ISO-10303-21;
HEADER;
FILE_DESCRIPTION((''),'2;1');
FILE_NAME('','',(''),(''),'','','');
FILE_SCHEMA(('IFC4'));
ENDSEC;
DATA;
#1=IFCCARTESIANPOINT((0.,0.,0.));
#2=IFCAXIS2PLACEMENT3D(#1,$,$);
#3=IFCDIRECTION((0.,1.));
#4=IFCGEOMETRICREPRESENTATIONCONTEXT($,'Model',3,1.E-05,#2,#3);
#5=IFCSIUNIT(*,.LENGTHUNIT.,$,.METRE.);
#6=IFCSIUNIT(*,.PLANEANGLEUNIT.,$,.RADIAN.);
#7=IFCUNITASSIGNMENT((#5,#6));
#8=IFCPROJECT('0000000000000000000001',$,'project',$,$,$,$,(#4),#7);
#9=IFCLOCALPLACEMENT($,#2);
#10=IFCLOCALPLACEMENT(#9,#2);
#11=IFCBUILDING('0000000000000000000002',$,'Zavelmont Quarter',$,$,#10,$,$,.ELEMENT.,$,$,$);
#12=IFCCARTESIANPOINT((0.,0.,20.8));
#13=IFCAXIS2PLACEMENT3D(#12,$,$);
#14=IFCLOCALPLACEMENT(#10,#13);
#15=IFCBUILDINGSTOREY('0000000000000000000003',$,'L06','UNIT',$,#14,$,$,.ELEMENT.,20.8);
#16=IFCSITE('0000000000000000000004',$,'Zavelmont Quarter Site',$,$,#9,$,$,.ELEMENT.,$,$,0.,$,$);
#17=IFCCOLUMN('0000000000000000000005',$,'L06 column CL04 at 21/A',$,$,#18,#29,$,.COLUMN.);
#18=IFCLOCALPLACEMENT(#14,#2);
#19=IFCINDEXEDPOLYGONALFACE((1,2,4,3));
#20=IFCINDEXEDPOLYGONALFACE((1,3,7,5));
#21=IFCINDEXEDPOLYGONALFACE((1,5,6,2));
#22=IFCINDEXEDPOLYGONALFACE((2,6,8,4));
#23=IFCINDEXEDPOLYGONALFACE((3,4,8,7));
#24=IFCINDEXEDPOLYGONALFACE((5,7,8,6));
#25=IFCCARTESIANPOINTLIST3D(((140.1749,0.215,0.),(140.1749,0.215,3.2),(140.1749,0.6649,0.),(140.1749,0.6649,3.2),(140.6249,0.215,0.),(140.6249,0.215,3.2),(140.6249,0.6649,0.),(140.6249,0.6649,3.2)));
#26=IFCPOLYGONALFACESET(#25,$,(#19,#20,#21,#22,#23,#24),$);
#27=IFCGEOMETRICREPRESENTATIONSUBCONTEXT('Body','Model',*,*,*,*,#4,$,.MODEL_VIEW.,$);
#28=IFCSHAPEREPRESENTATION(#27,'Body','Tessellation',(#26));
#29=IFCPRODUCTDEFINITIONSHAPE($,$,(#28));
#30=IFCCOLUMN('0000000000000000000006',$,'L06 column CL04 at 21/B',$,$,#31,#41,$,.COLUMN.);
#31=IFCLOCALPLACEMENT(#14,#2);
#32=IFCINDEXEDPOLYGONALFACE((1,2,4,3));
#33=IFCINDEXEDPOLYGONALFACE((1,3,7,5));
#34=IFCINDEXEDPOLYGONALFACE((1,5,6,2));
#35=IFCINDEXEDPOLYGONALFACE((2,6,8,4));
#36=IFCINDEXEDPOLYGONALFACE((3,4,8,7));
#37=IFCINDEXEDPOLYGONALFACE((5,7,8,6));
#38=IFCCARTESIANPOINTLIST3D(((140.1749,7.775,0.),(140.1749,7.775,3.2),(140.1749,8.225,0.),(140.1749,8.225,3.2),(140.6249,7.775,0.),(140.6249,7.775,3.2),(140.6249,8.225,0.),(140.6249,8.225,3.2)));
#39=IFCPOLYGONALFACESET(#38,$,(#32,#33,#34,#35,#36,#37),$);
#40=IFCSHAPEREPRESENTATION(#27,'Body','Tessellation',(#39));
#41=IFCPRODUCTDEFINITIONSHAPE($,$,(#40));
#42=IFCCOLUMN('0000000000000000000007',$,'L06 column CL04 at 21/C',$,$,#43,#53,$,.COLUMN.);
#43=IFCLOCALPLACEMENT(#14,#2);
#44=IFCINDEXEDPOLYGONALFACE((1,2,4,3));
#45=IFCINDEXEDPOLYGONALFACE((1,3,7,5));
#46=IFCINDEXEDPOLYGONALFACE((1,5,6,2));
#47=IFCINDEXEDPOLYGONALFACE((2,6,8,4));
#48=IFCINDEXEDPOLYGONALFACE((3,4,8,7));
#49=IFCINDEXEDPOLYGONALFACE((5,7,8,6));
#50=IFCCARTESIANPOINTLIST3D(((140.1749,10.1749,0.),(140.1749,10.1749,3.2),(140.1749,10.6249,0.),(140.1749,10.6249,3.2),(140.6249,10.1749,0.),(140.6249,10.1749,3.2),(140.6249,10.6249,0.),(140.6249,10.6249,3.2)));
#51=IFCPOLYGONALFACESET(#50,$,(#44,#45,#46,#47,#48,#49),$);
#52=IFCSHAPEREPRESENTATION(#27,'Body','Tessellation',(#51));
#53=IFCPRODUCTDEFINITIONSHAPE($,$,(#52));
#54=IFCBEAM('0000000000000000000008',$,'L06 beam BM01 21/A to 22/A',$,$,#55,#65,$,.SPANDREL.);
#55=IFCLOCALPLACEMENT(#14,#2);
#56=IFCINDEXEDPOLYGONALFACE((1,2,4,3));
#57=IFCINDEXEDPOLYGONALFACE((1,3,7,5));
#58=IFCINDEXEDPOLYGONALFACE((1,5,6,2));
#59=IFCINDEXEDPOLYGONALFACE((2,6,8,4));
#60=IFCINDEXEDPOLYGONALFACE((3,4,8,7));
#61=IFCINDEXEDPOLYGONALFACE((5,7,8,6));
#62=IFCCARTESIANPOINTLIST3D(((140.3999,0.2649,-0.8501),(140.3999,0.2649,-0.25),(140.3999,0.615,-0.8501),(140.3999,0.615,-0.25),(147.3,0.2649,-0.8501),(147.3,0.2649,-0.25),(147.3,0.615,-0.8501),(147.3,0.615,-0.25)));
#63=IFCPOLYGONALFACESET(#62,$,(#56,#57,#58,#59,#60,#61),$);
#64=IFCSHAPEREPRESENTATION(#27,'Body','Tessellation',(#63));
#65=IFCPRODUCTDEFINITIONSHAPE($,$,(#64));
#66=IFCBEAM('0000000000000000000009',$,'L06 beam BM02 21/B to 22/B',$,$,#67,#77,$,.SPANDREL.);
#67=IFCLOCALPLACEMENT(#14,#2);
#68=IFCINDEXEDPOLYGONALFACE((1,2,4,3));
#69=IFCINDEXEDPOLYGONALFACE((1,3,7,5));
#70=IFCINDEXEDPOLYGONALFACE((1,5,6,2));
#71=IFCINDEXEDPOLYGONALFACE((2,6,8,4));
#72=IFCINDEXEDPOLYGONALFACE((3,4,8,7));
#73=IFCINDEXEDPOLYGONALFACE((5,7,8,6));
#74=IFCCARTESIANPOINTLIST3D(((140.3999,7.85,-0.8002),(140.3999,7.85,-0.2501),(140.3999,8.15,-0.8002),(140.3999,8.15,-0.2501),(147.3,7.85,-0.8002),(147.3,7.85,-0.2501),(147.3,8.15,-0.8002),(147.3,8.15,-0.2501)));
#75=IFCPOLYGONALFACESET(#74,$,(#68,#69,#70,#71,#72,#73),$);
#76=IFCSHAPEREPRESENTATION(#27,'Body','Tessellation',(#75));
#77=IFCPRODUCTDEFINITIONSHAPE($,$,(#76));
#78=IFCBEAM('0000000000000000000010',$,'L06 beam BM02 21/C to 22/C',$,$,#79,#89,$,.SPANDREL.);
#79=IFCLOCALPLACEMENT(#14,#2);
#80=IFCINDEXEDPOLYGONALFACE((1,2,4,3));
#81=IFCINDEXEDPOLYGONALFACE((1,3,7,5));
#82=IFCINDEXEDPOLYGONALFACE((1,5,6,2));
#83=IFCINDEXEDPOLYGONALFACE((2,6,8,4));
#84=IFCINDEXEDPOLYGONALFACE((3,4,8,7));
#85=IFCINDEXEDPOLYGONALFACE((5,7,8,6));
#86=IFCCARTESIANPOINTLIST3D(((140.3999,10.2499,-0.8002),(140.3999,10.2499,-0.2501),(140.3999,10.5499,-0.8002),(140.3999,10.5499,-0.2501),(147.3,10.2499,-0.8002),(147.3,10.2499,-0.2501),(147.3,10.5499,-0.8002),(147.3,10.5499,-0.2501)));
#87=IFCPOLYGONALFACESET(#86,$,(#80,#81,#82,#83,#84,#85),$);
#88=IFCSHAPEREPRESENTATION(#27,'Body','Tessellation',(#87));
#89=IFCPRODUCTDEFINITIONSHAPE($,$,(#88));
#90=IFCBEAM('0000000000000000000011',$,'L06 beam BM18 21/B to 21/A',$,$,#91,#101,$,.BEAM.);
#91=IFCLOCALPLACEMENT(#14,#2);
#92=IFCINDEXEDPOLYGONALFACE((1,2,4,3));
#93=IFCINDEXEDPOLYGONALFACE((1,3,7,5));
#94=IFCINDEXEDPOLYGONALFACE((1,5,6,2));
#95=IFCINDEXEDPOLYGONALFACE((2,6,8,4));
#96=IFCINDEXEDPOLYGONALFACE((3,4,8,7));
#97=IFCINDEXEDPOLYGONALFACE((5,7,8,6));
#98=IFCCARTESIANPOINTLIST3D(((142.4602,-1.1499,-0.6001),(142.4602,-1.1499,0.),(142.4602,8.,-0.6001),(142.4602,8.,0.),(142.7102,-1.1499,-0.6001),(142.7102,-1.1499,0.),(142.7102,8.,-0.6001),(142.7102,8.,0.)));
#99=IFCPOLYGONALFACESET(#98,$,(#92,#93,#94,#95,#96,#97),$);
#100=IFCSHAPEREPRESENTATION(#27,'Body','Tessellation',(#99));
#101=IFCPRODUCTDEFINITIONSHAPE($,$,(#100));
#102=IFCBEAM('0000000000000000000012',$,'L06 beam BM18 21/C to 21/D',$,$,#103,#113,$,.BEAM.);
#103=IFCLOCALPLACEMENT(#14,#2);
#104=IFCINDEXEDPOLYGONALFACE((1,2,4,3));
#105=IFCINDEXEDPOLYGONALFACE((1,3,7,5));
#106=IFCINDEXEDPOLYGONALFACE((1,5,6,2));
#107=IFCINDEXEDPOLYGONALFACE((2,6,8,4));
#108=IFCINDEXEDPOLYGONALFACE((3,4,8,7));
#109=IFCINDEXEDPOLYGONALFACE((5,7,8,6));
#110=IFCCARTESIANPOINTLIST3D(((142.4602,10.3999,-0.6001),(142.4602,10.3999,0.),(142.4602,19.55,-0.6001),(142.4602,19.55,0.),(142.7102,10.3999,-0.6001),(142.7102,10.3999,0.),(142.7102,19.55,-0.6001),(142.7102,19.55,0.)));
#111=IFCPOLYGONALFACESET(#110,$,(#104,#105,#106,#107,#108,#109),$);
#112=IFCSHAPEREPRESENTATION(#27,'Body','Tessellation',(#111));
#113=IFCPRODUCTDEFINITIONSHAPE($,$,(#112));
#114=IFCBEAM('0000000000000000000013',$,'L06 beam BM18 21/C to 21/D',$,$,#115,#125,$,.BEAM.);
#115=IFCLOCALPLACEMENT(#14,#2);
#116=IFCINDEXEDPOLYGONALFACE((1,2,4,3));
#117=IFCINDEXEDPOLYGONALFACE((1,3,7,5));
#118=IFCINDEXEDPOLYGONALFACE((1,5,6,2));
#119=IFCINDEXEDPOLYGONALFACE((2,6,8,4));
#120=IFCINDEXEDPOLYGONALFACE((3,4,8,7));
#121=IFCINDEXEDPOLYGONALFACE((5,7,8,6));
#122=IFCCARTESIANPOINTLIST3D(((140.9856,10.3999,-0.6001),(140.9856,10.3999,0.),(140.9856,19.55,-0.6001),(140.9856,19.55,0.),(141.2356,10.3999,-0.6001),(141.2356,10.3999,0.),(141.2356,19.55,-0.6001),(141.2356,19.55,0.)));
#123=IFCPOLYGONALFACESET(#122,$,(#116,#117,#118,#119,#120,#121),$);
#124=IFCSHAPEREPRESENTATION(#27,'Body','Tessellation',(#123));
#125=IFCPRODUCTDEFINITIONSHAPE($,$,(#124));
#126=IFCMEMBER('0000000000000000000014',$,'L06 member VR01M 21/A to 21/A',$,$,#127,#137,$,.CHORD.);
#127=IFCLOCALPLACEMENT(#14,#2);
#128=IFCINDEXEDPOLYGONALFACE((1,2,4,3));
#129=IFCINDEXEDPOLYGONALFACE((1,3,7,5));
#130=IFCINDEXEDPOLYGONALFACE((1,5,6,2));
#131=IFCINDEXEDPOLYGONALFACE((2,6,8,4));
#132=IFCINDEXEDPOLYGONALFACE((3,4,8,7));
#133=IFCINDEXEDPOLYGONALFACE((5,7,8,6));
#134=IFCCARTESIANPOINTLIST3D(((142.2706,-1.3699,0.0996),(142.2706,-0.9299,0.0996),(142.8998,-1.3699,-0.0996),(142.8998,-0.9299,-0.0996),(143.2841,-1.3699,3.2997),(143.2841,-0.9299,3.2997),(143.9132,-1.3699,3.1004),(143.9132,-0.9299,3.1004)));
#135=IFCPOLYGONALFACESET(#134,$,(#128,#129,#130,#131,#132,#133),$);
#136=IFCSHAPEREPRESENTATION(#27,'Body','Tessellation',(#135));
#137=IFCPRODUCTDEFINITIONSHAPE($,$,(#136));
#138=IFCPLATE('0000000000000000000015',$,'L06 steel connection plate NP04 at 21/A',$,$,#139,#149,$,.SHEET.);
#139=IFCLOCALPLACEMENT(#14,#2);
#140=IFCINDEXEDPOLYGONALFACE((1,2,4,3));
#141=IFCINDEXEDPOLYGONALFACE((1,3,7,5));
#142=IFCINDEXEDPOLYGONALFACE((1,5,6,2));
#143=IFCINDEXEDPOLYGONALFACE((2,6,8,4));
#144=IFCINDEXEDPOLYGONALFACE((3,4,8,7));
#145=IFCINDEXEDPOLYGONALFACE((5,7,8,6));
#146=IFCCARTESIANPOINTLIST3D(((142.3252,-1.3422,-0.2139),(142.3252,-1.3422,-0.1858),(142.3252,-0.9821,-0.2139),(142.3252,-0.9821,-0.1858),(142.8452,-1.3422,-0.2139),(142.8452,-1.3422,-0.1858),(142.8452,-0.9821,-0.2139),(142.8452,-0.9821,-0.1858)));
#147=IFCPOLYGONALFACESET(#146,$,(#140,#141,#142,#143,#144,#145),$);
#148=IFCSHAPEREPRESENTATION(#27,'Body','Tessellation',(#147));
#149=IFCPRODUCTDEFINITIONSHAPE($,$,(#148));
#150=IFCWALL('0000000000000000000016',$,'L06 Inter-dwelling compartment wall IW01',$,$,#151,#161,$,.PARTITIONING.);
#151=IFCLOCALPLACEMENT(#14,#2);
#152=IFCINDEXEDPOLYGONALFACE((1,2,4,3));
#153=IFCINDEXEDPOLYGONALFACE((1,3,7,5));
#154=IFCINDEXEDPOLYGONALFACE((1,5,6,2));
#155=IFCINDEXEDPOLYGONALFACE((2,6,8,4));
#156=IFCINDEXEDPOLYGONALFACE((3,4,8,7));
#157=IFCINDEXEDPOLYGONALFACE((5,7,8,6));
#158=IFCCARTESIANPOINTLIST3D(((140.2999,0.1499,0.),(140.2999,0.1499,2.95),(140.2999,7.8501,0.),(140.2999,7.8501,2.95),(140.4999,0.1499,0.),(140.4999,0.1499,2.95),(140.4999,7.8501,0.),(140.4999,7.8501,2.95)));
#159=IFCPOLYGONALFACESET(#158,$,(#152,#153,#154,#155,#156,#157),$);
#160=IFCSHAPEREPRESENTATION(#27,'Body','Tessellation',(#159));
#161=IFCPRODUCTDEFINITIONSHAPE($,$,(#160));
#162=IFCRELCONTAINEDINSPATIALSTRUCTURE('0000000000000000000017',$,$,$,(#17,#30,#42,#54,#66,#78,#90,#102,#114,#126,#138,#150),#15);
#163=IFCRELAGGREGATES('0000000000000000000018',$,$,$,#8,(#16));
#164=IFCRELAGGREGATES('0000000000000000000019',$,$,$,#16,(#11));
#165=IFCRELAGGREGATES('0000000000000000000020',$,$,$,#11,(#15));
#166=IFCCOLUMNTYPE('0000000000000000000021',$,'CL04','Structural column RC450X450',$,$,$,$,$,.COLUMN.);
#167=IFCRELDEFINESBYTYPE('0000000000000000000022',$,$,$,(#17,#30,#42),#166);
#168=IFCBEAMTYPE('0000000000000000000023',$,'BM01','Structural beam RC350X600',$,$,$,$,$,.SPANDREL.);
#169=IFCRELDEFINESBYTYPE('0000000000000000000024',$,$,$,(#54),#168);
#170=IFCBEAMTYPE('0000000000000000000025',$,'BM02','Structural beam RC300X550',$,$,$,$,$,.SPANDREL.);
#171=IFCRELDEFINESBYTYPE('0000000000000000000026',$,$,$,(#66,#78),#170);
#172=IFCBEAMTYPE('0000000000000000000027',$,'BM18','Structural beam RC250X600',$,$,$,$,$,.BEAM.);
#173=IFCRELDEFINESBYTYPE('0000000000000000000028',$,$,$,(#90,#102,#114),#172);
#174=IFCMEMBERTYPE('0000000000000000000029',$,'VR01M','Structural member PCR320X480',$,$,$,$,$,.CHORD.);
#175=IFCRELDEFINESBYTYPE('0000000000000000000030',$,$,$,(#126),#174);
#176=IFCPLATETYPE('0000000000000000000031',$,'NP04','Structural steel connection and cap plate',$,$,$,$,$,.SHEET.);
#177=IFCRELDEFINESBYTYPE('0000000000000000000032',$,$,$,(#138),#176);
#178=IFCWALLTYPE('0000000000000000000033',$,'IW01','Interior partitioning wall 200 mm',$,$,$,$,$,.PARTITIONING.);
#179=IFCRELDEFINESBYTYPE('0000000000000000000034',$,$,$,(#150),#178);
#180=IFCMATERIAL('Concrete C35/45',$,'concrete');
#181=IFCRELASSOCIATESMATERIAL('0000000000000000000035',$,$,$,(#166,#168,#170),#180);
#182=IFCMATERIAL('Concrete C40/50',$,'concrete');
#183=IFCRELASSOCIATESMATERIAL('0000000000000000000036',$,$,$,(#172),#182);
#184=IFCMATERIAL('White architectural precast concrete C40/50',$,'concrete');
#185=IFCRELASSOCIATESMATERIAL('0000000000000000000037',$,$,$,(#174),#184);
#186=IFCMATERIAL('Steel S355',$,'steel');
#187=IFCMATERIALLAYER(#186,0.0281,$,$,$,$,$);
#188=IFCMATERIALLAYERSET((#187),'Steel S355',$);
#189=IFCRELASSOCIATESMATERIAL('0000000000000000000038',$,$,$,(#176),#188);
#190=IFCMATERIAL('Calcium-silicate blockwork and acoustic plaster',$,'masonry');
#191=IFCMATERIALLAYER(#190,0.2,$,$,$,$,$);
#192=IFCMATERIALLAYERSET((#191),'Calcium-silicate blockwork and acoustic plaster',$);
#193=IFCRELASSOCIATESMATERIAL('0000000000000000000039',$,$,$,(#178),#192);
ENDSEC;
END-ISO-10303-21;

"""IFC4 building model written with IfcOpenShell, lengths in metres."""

from ifc_helpers import new_model, si_unit, direction, frame, frame_2d, origin, origin_2d, place, context, subcontext, project, spatial, rectangle, extrude, material, layer, layer_set, material_profile, profile_set, type_object, element, save


model = new_model("IFC4")

# Units and contexts
model_context = context("Model", 3, precision=1e-05, world=origin(), true_north=direction((0.0, 1.0)))
body_context = subcontext(model_context, "Body", "Model", "MODEL_VIEW")
ifc_project = project(units=[si_unit("LENGTHUNIT", "METRE"), si_unit("PLANEANGLEUNIT", "RADIAN")], contexts=[model_context])

# Site, building, storey
site_placement = place(None, origin())
site = spatial("IfcSite", under=ifc_project, at=site_placement, Name="Zavelmont Quarter Site", CompositionType="ELEMENT", RefElevation=0.0)
building_placement = place(site_placement, origin())
building = spatial("IfcBuilding", under=site, at=building_placement, Name="Zavelmont Quarter", CompositionType="ELEMENT")
storey_placement = place(building_placement, frame((0.0, 0.0, 20.8)))
storey = spatial("IfcBuildingStorey", under=building, at=storey_placement, Name="L06", Description="UNIT", CompositionType="ELEMENT", Elevation=20.8)

# Columns
ifc_material_1 = material(Name="Concrete C35/45", Category="concrete")
ifc_material_profile_1 = material_profile(ifc_material_1, rectangle(XDim=0.45, YDim=0.45, at=origin_2d()), Name="RC450X450")
ifc_profile_set_1 = profile_set([ifc_material_profile_1], Name="Concrete C35/45")
column_type = type_object("IfcColumnType", Name="CL04", Description="Structural column RC450X450", PredefinedType="COLUMN", material=ifc_profile_set_1)
for number, where, z_axis, x_axis, name in (
    (1, (140.3999, 0.4399, 0.0), (0.0, 0.0, 1.0), (1.0, 0.0, 0.0), "L06 column CL04 at 21/A"),
    (2, (140.3999, 8.0, 0.0), (0.0, 0.0, 1.0), (1.0, 0.0, 0.0), "L06 column CL04 at 21/B"),
    (3, (140.3999, 10.3999, 0.0), (0.0, 0.0, 1.0), (1.0, 0.0, 0.0), "L06 column CL04 at 21/C"),
):
    element("IfcColumn", number, at=place(storey_placement, frame(where, z_axis=z_axis, x_axis=x_axis)), inside=storey, type_object=column_type, Name=name, PredefinedType="COLUMN", context=body_context, shape_type="SweptSolid", body=[
        extrude(rectangle(XDim=0.45, YDim=0.45, at=origin_2d()), origin(), (0.0, 0.0, 1.0), 3.2),
    ])

# Beams
ifc_material_profile_2 = material_profile(ifc_material_1, rectangle(XDim=0.3501, YDim=0.6001, at=origin_2d()), Name="RC350X600")
ifc_profile_set_2 = profile_set([ifc_material_profile_2], Name="Concrete C35/45")
beam_type_1 = type_object("IfcBeamType", Name="BM01", Description="Structural beam RC350X600", PredefinedType="SPANDREL", material=ifc_profile_set_2)
beam_1_placement = place(storey_placement, frame((140.3999, 0.4399, -0.55), z_axis=(1.0, 0.0, 0.0), x_axis=(0.0, 1.0, 0.0)))
element("IfcBeam", 4, at=beam_1_placement, inside=storey, type_object=beam_type_1, Name="L06 beam BM01 21/A to 22/A", PredefinedType="SPANDREL", context=body_context, shape_type="SweptSolid", body=[
    extrude(rectangle(XDim=0.3501, YDim=0.6001, at=origin_2d()), origin(), (0.0, 0.0, 1.0), 6.9001),
])
ifc_material_profile_3 = material_profile(ifc_material_1, rectangle(XDim=0.3, YDim=0.55, at=origin_2d()), Name="RC300X550")
ifc_profile_set_3 = profile_set([ifc_material_profile_3], Name="Concrete C35/45")
beam_type_2 = type_object("IfcBeamType", Name="BM02", Description="Structural beam RC300X550", PredefinedType="SPANDREL", material=ifc_profile_set_3)
for number, where, z_axis, x_axis, name in (
    (5, (140.3999, 8.0, -0.5251), (1.0, 0.0, 0.0), (0.0, 1.0, 0.0), "L06 beam BM02 21/B to 22/B"),
    (6, (140.3999, 10.3999, -0.5251), (1.0, 0.0, 0.0), (0.0, 1.0, 0.0), "L06 beam BM02 21/C to 22/C"),
):
    element("IfcBeam", number, at=place(storey_placement, frame(where, z_axis=z_axis, x_axis=x_axis)), inside=storey, type_object=beam_type_2, Name=name, PredefinedType="SPANDREL", context=body_context, shape_type="SweptSolid", body=[
        extrude(rectangle(XDim=0.3, YDim=0.55, at=origin_2d()), origin(), (0.0, 0.0, 1.0), 6.9001),
    ])
ifc_material_2 = material(Name="Concrete C40/50", Category="concrete")
ifc_material_profile_4 = material_profile(ifc_material_2, rectangle(XDim=0.25, YDim=0.6001, at=origin_2d()), Name="RC250X600")
ifc_profile_set_4 = profile_set([ifc_material_profile_4], Name="Concrete C40/50")
beam_type_3 = type_object("IfcBeamType", Name="BM18", Description="Structural beam RC250X600", PredefinedType="BEAM", material=ifc_profile_set_4)
beam_2_placement = place(storey_placement, frame((142.5852, 8.0, -0.3), z_axis=(0.0, -1.0, 0.0), x_axis=(1.0, 0.0, 0.0)))
element("IfcBeam", 7, at=beam_2_placement, inside=storey, type_object=beam_type_3, Name="L06 beam BM18 21/B to 21/A", PredefinedType="BEAM", context=body_context, shape_type="SweptSolid", body=[
    extrude(rectangle(XDim=0.25, YDim=0.6001, at=origin_2d()), origin(), (0.0, 0.0, 1.0), 9.1499),
])
for number, where, z_axis, x_axis, name in (
    (8, (142.5852, 10.3999, -0.3), (0.0, 1.0, 0.0), (-1.0, 0.0, 0.0), "L06 beam BM18 21/C to 21/D"),
    (9, (141.1106, 10.3999, -0.3), (0.0, 1.0, 0.0), (-1.0, 0.0, 0.0), "L06 beam BM18 21/C to 21/D"),
):
    element("IfcBeam", number, at=place(storey_placement, frame(where, z_axis=z_axis, x_axis=x_axis)), inside=storey, type_object=beam_type_3, Name=name, PredefinedType="BEAM", context=body_context, shape_type="SweptSolid", body=[
        extrude(rectangle(XDim=0.25, YDim=0.6001, at=origin_2d()), origin(), (0.0, 0.0, 1.0), 9.1501),
    ])

# Member
ifc_material_3 = material(Name="White architectural precast concrete C40/50", Category="concrete")
ifc_material_profile_5 = material_profile(ifc_material_3, rectangle(XDim=0.4399, YDim=0.6599, at=origin_2d()), Name="PCR320X480")
ifc_profile_set_5 = profile_set([ifc_material_profile_5], Name="White architectural precast concrete C40/50")
member_type = type_object("IfcMemberType", Name="VR01M", Description="Structural member PCR320X480", PredefinedType="CHORD", material=ifc_profile_set_5)
member_placement = place(storey_placement, frame((142.5852, -1.1499, 0.0), z_axis=(0.301921, 0.0, 0.953333), x_axis=(0.0, 1.0, 0.0)))
element("IfcMember", 10, at=member_placement, inside=storey, type_object=member_type, Name="L06 member VR01M 21/A to 21/A", PredefinedType="CHORD", context=body_context, shape_type="SweptSolid", body=[
    extrude(rectangle(XDim=0.4399, YDim=0.6599, at=origin_2d()), origin(), (0.0, 0.0, 1.0), 3.3567),
])

# Plate
ifc_material_4 = material(Name="Steel S355", Category="steel")
ifc_layer_1 = layer(ifc_material_4, 0.0281)
ifc_layer_set_1 = layer_set([ifc_layer_1], Name="Steel S355")
plate_type = type_object("IfcPlateType", Name="NP04", Description="Structural steel connection and cap plate", PredefinedType="SHEET", material=ifc_layer_set_1)
plate_placement = place(storey_placement, frame((142.5852, -1.1621, -0.2139), z_axis=(0.0, 0.0, 1.0), x_axis=(1.0, 0.0, 0.0)))
element("IfcPlate", 11, at=plate_placement, inside=storey, type_object=plate_type, Name="L06 steel connection plate NP04 at 21/A", PredefinedType="SHEET", context=body_context, shape_type="SweptSolid", body=[
    extrude(rectangle(XDim=0.52, YDim=0.3601, at=origin_2d()), origin(), (0.0, 0.0, 1.0), 0.0281),
])

# Wall
ifc_material_5 = material(Name="Calcium-silicate blockwork and acoustic plaster", Category="masonry")
ifc_layer_2 = layer(ifc_material_5, 0.2)
ifc_layer_set_2 = layer_set([ifc_layer_2], Name="Calcium-silicate blockwork and acoustic plaster")
wall_type_1 = type_object("IfcWallType", Name="IW01", Description="Interior partitioning wall 200 mm", PredefinedType="PARTITIONING", material=ifc_layer_set_2)
wall_1_placement = place(storey_placement, frame((140.3999, 7.8501, 0.0), z_axis=(0.0, 0.0, 1.0), x_axis=(0.0, -1.0, 0.0)))
element("IfcWall", 12, at=wall_1_placement, inside=storey, type_object=wall_type_1, Name="L06 Inter-dwelling compartment wall IW01", PredefinedType="PARTITIONING", context=body_context, shape_type="SweptSolid", body=[
    extrude(rectangle(XDim=7.7002, YDim=0.2, at=frame_2d((3.8501, 0.0))), origin(), (0.0, 0.0, 1.0), 2.95),
])

save(model, "model.ifc")
